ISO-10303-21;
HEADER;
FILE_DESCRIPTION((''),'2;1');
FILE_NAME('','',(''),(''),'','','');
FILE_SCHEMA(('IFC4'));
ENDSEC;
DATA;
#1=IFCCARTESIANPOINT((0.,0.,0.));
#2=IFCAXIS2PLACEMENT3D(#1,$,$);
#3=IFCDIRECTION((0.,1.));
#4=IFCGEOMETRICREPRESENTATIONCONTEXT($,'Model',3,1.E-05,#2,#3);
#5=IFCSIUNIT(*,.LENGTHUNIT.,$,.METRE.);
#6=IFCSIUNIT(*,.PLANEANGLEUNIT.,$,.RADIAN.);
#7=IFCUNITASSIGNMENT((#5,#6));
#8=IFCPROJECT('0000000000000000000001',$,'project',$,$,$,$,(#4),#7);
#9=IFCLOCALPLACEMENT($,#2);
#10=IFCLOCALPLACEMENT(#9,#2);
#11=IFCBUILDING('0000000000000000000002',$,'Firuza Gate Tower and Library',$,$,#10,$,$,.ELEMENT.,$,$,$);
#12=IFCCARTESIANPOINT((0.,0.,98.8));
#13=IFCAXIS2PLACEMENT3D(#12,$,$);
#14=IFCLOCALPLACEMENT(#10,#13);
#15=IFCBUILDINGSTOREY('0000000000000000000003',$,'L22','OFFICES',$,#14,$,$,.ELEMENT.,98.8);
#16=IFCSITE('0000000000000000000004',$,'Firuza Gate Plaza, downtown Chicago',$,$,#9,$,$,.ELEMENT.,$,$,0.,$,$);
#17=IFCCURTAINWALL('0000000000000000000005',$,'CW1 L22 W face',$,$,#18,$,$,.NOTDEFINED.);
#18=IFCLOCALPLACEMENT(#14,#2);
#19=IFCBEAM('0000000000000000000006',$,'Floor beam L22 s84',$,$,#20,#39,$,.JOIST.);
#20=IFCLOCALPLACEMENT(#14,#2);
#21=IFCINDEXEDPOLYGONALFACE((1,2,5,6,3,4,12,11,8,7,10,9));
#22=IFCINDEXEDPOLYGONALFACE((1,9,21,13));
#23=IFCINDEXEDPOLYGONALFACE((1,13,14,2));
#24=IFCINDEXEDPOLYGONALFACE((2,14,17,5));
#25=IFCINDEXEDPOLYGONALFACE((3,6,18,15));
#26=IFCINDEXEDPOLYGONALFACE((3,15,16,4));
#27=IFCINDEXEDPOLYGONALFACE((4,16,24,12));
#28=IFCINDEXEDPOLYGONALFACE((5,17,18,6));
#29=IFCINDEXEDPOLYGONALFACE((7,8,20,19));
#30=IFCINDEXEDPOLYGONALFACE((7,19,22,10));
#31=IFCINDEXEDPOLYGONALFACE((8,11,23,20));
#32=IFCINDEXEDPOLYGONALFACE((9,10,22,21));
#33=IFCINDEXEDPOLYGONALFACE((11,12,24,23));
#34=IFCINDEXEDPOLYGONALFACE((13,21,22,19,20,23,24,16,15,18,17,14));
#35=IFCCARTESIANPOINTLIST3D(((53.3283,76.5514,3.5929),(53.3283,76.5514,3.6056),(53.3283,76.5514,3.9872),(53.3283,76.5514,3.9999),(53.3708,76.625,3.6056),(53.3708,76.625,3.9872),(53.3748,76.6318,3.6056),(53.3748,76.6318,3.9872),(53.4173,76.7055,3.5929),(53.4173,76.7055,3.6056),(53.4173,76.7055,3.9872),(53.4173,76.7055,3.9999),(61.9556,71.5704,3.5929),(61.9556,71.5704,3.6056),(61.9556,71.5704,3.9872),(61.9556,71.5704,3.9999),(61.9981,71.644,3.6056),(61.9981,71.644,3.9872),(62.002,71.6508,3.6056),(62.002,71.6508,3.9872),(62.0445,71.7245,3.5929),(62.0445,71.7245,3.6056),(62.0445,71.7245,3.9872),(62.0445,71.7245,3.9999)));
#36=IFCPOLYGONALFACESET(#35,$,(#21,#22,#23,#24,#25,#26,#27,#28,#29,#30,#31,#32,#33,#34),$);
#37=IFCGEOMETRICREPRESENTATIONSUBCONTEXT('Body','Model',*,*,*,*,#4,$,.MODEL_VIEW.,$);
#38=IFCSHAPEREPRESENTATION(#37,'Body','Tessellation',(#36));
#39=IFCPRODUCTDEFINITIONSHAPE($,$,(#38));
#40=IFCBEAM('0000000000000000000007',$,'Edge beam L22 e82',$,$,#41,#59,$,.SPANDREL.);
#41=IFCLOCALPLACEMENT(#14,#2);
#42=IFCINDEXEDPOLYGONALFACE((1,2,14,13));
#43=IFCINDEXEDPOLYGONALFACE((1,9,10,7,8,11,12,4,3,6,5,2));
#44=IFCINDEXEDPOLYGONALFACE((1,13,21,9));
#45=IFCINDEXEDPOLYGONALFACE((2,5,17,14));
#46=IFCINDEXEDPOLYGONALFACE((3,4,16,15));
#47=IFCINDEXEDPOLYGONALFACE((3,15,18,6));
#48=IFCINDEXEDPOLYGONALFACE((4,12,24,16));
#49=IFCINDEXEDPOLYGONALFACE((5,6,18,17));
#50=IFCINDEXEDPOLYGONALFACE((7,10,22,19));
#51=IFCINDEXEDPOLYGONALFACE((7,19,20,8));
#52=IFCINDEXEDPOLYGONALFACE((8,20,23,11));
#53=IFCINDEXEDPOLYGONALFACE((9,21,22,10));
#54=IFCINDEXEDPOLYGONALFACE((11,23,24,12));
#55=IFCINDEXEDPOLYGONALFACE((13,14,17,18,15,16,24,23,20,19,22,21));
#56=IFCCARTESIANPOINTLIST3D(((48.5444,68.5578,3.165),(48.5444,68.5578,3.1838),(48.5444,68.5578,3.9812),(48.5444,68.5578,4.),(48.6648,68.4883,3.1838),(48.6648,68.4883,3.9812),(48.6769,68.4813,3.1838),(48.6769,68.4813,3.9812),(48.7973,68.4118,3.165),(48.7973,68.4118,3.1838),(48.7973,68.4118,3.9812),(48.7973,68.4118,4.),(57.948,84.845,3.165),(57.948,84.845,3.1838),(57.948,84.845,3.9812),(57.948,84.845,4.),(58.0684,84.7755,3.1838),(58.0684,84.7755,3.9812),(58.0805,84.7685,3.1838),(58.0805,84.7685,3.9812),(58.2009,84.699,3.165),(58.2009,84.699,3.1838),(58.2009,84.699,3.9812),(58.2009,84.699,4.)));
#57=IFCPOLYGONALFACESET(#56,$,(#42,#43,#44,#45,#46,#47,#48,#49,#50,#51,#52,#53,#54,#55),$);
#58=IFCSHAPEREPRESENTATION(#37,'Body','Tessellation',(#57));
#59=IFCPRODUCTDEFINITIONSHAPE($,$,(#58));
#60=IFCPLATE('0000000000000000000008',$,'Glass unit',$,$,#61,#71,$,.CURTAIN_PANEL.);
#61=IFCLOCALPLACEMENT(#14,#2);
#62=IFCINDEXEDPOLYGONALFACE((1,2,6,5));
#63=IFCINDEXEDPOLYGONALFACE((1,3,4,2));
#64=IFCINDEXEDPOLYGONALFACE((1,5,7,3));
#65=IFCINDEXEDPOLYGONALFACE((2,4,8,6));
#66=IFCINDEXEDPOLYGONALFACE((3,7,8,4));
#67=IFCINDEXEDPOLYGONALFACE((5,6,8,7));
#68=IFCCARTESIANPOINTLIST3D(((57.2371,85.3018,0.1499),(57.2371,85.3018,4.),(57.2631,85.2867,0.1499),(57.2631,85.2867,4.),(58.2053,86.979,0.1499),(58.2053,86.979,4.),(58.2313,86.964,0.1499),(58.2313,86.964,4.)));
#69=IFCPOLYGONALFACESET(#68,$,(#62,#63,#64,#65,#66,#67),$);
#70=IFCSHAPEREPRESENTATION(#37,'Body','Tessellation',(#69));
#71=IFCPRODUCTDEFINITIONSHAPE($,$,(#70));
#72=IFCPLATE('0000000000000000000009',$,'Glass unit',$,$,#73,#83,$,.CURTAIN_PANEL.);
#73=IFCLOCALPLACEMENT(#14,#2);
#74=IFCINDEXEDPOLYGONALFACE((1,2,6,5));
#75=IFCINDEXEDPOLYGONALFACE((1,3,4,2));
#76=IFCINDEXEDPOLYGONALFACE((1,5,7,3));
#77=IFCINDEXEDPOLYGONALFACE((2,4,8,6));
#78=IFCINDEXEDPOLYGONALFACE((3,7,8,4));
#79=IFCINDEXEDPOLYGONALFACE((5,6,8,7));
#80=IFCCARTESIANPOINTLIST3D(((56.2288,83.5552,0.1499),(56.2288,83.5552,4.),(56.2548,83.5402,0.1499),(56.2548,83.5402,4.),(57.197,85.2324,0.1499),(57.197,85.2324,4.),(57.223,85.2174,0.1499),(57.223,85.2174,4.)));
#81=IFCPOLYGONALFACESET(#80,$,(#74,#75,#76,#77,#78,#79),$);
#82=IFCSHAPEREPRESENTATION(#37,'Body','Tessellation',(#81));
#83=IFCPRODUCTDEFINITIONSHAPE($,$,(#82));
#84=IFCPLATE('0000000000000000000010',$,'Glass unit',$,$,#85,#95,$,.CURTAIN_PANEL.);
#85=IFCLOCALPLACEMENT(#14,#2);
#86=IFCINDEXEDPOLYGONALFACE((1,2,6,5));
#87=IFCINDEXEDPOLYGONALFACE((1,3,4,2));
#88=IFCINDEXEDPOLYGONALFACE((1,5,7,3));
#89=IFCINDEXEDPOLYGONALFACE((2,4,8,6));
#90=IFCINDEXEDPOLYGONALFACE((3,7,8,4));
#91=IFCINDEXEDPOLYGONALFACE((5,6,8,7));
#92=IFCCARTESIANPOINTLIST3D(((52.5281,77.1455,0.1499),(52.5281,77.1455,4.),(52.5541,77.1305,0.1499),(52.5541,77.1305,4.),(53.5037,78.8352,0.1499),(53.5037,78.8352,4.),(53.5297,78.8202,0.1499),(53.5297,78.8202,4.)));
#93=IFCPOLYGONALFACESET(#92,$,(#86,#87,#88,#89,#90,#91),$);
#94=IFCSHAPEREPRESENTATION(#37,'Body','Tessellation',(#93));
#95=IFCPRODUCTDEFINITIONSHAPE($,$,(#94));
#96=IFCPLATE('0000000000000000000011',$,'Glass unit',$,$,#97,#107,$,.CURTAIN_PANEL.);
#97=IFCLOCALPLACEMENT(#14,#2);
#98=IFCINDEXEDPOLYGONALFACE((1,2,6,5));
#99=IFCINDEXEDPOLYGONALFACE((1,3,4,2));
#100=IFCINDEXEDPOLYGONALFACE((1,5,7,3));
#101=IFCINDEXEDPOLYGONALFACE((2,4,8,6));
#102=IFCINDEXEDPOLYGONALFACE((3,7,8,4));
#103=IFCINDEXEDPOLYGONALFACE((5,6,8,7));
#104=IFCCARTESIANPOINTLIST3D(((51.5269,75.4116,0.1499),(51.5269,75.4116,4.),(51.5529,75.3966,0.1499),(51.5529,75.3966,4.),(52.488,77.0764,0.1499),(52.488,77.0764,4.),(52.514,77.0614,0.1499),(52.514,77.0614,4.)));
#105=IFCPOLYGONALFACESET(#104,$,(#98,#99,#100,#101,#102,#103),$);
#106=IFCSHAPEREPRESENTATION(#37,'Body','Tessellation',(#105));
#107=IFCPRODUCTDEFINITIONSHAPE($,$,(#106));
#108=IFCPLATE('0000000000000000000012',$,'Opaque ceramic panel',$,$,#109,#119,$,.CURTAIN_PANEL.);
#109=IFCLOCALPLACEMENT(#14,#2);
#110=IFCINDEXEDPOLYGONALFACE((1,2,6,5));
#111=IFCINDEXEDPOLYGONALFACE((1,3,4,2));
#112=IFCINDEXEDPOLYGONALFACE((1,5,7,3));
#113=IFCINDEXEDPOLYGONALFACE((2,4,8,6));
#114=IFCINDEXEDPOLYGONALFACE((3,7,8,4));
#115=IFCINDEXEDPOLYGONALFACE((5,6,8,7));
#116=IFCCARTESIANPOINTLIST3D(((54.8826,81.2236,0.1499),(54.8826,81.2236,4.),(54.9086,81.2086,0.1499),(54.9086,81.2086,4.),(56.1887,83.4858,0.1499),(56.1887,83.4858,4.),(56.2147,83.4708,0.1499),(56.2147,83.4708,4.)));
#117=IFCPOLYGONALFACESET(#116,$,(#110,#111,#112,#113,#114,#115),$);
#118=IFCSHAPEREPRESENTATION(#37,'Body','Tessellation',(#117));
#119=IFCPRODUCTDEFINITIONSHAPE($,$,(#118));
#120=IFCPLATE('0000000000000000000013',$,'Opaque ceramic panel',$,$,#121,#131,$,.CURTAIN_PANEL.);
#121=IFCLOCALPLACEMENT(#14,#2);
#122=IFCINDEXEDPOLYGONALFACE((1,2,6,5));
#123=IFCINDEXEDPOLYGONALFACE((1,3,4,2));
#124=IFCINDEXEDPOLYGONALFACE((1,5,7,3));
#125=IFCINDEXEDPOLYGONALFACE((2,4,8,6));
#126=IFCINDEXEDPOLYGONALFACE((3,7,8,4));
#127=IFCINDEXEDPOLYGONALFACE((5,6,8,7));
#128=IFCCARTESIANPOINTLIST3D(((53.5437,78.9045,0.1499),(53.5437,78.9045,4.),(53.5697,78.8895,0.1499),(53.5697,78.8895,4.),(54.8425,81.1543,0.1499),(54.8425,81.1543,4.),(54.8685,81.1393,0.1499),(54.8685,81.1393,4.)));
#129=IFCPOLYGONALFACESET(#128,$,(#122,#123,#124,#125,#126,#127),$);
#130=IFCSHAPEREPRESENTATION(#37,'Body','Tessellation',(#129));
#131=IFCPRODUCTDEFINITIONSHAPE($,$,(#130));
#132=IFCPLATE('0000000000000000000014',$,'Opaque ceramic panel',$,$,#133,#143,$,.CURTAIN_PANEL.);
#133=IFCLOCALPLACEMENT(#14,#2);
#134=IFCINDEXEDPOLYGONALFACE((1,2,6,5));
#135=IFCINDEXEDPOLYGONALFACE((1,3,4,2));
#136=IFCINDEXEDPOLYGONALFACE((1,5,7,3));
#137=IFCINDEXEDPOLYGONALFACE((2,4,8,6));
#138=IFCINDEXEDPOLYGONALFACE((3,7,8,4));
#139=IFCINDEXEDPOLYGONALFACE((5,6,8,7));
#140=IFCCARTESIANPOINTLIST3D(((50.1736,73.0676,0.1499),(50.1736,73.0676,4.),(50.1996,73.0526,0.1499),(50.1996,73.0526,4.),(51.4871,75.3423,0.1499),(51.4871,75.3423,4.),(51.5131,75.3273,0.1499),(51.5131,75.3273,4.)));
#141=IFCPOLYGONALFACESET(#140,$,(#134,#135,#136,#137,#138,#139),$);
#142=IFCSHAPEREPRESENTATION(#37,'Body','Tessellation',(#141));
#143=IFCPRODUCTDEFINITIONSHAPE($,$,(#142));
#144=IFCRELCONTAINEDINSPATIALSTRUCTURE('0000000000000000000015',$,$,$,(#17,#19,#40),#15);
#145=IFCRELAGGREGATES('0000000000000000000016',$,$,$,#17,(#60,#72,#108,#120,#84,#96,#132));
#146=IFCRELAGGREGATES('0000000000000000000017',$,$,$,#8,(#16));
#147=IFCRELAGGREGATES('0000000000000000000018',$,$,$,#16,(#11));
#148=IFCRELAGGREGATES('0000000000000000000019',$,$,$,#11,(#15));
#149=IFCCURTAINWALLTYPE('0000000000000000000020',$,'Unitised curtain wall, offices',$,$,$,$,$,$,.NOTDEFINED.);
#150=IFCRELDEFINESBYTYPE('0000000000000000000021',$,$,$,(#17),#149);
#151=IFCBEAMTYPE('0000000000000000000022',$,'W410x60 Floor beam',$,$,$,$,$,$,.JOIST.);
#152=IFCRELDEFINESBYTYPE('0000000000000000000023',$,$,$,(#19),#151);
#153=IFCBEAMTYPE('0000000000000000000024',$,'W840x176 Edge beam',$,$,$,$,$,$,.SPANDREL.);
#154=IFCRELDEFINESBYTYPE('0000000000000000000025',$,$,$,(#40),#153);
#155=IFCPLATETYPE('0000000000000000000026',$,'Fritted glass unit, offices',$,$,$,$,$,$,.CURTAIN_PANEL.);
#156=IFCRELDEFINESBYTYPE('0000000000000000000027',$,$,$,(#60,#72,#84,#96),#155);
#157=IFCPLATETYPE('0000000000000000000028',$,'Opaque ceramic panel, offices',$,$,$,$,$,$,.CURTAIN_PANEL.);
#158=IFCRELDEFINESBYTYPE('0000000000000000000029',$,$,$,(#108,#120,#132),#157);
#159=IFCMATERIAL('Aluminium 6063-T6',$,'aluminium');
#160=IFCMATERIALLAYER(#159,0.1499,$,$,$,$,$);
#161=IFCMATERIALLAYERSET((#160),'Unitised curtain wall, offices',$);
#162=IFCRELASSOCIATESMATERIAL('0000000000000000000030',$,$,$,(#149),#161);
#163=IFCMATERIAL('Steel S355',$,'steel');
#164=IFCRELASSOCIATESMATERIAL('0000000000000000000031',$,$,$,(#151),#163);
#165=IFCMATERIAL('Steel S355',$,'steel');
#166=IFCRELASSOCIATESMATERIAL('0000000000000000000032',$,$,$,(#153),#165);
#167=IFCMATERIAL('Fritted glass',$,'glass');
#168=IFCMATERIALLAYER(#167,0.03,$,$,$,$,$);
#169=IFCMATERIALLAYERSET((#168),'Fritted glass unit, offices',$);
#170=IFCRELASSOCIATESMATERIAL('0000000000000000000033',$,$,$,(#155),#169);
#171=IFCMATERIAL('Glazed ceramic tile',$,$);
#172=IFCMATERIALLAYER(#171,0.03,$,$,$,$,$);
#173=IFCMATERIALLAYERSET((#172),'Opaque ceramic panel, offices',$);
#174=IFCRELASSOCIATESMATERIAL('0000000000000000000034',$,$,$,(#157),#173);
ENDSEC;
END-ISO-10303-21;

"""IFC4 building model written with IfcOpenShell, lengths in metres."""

from ifc_helpers import new_model, si_unit, direction, frame, origin, origin_2d, place, context, subcontext, project, spatial, polyline, i_section, outline, extrude, material, layer, layer_set, material_profile, profile_set, type_object, element, aggregate, save


model = new_model("IFC4")

# Units and contexts
model_context = context("Model", 3, precision=1e-05, world=origin(), true_north=direction((0.0, 1.0)))
body_context = subcontext(model_context, "Body", "Model", "MODEL_VIEW")
ifc_project = project(units=[si_unit("LENGTHUNIT", "METRE"), si_unit("PLANEANGLEUNIT", "RADIAN")], contexts=[model_context])

# Site, building, storey
site_placement = place(None, origin())
site = spatial("IfcSite", under=ifc_project, at=site_placement, Name="Firuza Gate Plaza, downtown Chicago", CompositionType="ELEMENT", RefElevation=0.0)
building_placement = place(site_placement, origin())
building = spatial("IfcBuilding", under=site, at=building_placement, Name="Firuza Gate Tower and Library", CompositionType="ELEMENT")
storey_placement = place(building_placement, frame((0.0, 0.0, 98.8)))
storey = spatial("IfcBuildingStorey", under=building, at=storey_placement, Name="L22", Description="OFFICES", CompositionType="ELEMENT", Elevation=98.8)

# Curtain wall
ifc_material_1 = material(Name="Aluminium 6063-T6", Category="aluminium")
ifc_layer_1 = layer(ifc_material_1, 0.1499)
ifc_layer_set_1 = layer_set([ifc_layer_1], Name="Unitised curtain wall, offices")
curtain_wall_type = type_object("IfcCurtainWallType", Name="Unitised curtain wall, offices", PredefinedType="NOTDEFINED", material=ifc_layer_set_1)
curtain_wall_placement = place(storey_placement, origin())
curtain_wall = element("IfcCurtainWall", 1, at=curtain_wall_placement, inside=storey, type_object=curtain_wall_type, Name="CW1 L22 W face", PredefinedType="NOTDEFINED")

# Beams
ifc_material_2 = material(Name="Steel S355", Category="steel")
ifc_material_profile_1 = material_profile(ifc_material_2, i_section(OverallWidth=0.178, OverallDepth=0.407, WebThickness=0.0078, FlangeThickness=0.0127, at=origin_2d()))
ifc_profile_set_1 = profile_set([ifc_material_profile_1], Name="Steel S355")
beam_type_1 = type_object("IfcBeamType", Name="W410x60 Floor beam", PredefinedType="JOIST", material=ifc_profile_set_1)
beam_1_placement = place(storey_placement, frame((53.3728, 76.6284, 3.7964), z_axis=(0.866024, -0.500003, 0.0), x_axis=(0.500003, 0.866024, 0.0)))
element("IfcBeam", 2, at=beam_1_placement, inside=storey, type_object=beam_type_1, Name="Floor beam L22 s84", PredefinedType="JOIST", context=body_context, shape_type="SweptSolid", body=[
    extrude(i_section(OverallWidth=0.178, OverallDepth=0.407, WebThickness=0.0078, FlangeThickness=0.0127, at=origin_2d()), origin(), (0.0, 0.0, 1.0), 9.9619),
])
ifc_material_3 = material(Name="Steel S355", Category="steel")
ifc_material_profile_2 = material_profile(ifc_material_3, i_section(OverallWidth=0.292, OverallDepth=0.835, WebThickness=0.0139, FlangeThickness=0.0188, at=origin_2d()))
ifc_profile_set_2 = profile_set([ifc_material_profile_2], Name="Steel S355")
beam_type_2 = type_object("IfcBeamType", Name="W840x176 Edge beam", PredefinedType="SPANDREL", material=ifc_profile_set_2)
beam_2_placement = place(storey_placement, frame((58.0745, 84.772, 3.5825), z_axis=(-0.500008, -0.866021, 0.0), x_axis=(0.866021, -0.500008, 0.0)))
element("IfcBeam", 3, at=beam_2_placement, inside=storey, type_object=beam_type_2, Name="Edge beam L22 e82", PredefinedType="SPANDREL", context=body_context, shape_type="SweptSolid", body=[
    extrude(i_section(OverallWidth=0.292, OverallDepth=0.835, WebThickness=0.0139, FlangeThickness=0.0188, at=origin_2d()), origin(), (0.0, 0.0, 1.0), 18.8069),
])

# Plates
ifc_material_4 = material(Name="Fritted glass", Category="glass")
ifc_layer_2 = layer(ifc_material_4, 0.03)
ifc_layer_set_2 = layer_set([ifc_layer_2], Name="Fritted glass unit, offices")
plate_type_1 = type_object("IfcPlateType", Name="Fritted glass unit, offices", PredefinedType="CURTAIN_PANEL", material=ifc_layer_set_2)
plate_1_placement = place(storey_placement, frame((58.2053, 86.979, 0.1499), z_axis=(-0.866047, 0.499963, 0.0), x_axis=(-0.499963, -0.866047, 0.0)))
plate_1 = element("IfcPlate", 4, at=plate_1_placement, type_object=plate_type_1, Name="Glass unit", PredefinedType="CURTAIN_PANEL", context=body_context, shape_type="SweptSolid", body=[
    extrude(outline(polyline([(0.0, 0.0), (1.9367, 0.0), (1.9367, 3.8501), (0.0, 3.8501), (0.0, 0.0)])), origin(), (0.0, 0.0, -1.0), 0.03),
])
plate_2_placement = place(storey_placement, frame((57.197, 85.2324, 0.1499), z_axis=(-0.866047, 0.499963, 0.0), x_axis=(-0.499963, -0.866047, 0.0)))
plate_2 = element("IfcPlate", 5, at=plate_2_placement, type_object=plate_type_1, Name="Glass unit", PredefinedType="CURTAIN_PANEL", context=body_context, shape_type="SweptSolid", body=[
    extrude(outline(polyline([(0.0, 0.0), (1.9367, 0.0), (1.9367, 3.8501), (0.0, 3.8501), (0.0, 0.0)])), origin(), (0.0, 0.0, -1.0), 0.03),
])
plate_3_placement = place(storey_placement, frame((53.5037, 78.8352, 0.1499), z_axis=(-0.866017, 0.500015, 0.0), x_axis=(-0.500015, -0.866017, 0.0)))
plate_3 = element("IfcPlate", 6, at=plate_3_placement, type_object=plate_type_1, Name="Glass unit", PredefinedType="CURTAIN_PANEL", context=body_context, shape_type="SweptSolid", body=[
    extrude(outline(polyline([(0.0, 0.0), (1.9511, 0.0), (1.9511, 3.8501), (0.0, 3.8501), (0.0, 0.0)])), origin(), (0.0, 0.0, -1.0), 0.03),
])
plate_4_placement = place(storey_placement, frame((52.488, 77.0764, 0.1499), z_axis=(-0.866023, 0.500005, 0.0), x_axis=(-0.500005, -0.866023, 0.0)))
plate_4 = element("IfcPlate", 7, at=plate_4_placement, type_object=plate_type_1, Name="Glass unit", PredefinedType="CURTAIN_PANEL", context=body_context, shape_type="SweptSolid", body=[
    extrude(outline(polyline([(0.0, 0.0), (1.9223, 0.0), (1.9223, 3.8501), (0.0, 3.8501), (0.0, 0.0)])), origin(), (0.0, 0.0, -1.0), 0.03),
])
ifc_material_5 = material(Name="Glazed ceramic tile")
ifc_layer_3 = layer(ifc_material_5, 0.03)
ifc_layer_set_3 = layer_set([ifc_layer_3], Name="Opaque ceramic panel, offices")
plate_type_2 = type_object("IfcPlateType", Name="Opaque ceramic panel, offices", PredefinedType="CURTAIN_PANEL", material=ifc_layer_set_3)
plate_5_placement = place(storey_placement, frame((56.1887, 83.4858, 0.1499), z_axis=(-0.866014, 0.500019, 0.0), x_axis=(-0.500019, -0.866014, 0.0)))
plate_5 = element("IfcPlate", 8, at=plate_5_placement, type_object=plate_type_2, Name="Opaque ceramic panel", PredefinedType="CURTAIN_PANEL", context=body_context, shape_type="SweptSolid", body=[
    extrude(outline(polyline([(0.0, 0.0), (2.6122, 0.0), (2.6122, 3.8501), (0.0, 3.8501), (0.0, 0.0)])), origin(), (0.0, 0.0, -1.0), 0.03),
])
plate_6_placement = place(storey_placement, frame((54.8425, 81.1543, 0.1499), z_axis=(-0.866037, 0.49998, 0.0), x_axis=(-0.49998, -0.866037, 0.0)))
plate_6 = element("IfcPlate", 9, at=plate_6_placement, type_object=plate_type_2, Name="Opaque ceramic panel", PredefinedType="CURTAIN_PANEL", context=body_context, shape_type="SweptSolid", body=[
    extrude(outline(polyline([(0.0, 0.0), (2.5978, 0.0), (2.5978, 3.8501), (0.0, 3.8501), (0.0, 0.0)])), origin(), (0.0, 0.0, -1.0), 0.03),
])
plate_7_placement = place(storey_placement, frame((51.4871, 75.3423, 0.1499), z_axis=(-0.865992, 0.500058, 0.0), x_axis=(-0.500058, -0.865992, 0.0)))
plate_7 = element("IfcPlate", 10, at=plate_7_placement, type_object=plate_type_2, Name="Opaque ceramic panel", PredefinedType="CURTAIN_PANEL", context=body_context, shape_type="SweptSolid", body=[
    extrude(outline(polyline([(0.0, 0.0), (2.6267, 0.0), (2.6267, 3.8501), (0.0, 3.8501), (0.0, 0.0)])), origin(), (0.0, 0.0, -1.0), 0.03),
])
aggregate(curtain_wall, [plate_1, plate_2, plate_5, plate_6, plate_3, plate_4, plate_7])

save(model, "model.ifc")
